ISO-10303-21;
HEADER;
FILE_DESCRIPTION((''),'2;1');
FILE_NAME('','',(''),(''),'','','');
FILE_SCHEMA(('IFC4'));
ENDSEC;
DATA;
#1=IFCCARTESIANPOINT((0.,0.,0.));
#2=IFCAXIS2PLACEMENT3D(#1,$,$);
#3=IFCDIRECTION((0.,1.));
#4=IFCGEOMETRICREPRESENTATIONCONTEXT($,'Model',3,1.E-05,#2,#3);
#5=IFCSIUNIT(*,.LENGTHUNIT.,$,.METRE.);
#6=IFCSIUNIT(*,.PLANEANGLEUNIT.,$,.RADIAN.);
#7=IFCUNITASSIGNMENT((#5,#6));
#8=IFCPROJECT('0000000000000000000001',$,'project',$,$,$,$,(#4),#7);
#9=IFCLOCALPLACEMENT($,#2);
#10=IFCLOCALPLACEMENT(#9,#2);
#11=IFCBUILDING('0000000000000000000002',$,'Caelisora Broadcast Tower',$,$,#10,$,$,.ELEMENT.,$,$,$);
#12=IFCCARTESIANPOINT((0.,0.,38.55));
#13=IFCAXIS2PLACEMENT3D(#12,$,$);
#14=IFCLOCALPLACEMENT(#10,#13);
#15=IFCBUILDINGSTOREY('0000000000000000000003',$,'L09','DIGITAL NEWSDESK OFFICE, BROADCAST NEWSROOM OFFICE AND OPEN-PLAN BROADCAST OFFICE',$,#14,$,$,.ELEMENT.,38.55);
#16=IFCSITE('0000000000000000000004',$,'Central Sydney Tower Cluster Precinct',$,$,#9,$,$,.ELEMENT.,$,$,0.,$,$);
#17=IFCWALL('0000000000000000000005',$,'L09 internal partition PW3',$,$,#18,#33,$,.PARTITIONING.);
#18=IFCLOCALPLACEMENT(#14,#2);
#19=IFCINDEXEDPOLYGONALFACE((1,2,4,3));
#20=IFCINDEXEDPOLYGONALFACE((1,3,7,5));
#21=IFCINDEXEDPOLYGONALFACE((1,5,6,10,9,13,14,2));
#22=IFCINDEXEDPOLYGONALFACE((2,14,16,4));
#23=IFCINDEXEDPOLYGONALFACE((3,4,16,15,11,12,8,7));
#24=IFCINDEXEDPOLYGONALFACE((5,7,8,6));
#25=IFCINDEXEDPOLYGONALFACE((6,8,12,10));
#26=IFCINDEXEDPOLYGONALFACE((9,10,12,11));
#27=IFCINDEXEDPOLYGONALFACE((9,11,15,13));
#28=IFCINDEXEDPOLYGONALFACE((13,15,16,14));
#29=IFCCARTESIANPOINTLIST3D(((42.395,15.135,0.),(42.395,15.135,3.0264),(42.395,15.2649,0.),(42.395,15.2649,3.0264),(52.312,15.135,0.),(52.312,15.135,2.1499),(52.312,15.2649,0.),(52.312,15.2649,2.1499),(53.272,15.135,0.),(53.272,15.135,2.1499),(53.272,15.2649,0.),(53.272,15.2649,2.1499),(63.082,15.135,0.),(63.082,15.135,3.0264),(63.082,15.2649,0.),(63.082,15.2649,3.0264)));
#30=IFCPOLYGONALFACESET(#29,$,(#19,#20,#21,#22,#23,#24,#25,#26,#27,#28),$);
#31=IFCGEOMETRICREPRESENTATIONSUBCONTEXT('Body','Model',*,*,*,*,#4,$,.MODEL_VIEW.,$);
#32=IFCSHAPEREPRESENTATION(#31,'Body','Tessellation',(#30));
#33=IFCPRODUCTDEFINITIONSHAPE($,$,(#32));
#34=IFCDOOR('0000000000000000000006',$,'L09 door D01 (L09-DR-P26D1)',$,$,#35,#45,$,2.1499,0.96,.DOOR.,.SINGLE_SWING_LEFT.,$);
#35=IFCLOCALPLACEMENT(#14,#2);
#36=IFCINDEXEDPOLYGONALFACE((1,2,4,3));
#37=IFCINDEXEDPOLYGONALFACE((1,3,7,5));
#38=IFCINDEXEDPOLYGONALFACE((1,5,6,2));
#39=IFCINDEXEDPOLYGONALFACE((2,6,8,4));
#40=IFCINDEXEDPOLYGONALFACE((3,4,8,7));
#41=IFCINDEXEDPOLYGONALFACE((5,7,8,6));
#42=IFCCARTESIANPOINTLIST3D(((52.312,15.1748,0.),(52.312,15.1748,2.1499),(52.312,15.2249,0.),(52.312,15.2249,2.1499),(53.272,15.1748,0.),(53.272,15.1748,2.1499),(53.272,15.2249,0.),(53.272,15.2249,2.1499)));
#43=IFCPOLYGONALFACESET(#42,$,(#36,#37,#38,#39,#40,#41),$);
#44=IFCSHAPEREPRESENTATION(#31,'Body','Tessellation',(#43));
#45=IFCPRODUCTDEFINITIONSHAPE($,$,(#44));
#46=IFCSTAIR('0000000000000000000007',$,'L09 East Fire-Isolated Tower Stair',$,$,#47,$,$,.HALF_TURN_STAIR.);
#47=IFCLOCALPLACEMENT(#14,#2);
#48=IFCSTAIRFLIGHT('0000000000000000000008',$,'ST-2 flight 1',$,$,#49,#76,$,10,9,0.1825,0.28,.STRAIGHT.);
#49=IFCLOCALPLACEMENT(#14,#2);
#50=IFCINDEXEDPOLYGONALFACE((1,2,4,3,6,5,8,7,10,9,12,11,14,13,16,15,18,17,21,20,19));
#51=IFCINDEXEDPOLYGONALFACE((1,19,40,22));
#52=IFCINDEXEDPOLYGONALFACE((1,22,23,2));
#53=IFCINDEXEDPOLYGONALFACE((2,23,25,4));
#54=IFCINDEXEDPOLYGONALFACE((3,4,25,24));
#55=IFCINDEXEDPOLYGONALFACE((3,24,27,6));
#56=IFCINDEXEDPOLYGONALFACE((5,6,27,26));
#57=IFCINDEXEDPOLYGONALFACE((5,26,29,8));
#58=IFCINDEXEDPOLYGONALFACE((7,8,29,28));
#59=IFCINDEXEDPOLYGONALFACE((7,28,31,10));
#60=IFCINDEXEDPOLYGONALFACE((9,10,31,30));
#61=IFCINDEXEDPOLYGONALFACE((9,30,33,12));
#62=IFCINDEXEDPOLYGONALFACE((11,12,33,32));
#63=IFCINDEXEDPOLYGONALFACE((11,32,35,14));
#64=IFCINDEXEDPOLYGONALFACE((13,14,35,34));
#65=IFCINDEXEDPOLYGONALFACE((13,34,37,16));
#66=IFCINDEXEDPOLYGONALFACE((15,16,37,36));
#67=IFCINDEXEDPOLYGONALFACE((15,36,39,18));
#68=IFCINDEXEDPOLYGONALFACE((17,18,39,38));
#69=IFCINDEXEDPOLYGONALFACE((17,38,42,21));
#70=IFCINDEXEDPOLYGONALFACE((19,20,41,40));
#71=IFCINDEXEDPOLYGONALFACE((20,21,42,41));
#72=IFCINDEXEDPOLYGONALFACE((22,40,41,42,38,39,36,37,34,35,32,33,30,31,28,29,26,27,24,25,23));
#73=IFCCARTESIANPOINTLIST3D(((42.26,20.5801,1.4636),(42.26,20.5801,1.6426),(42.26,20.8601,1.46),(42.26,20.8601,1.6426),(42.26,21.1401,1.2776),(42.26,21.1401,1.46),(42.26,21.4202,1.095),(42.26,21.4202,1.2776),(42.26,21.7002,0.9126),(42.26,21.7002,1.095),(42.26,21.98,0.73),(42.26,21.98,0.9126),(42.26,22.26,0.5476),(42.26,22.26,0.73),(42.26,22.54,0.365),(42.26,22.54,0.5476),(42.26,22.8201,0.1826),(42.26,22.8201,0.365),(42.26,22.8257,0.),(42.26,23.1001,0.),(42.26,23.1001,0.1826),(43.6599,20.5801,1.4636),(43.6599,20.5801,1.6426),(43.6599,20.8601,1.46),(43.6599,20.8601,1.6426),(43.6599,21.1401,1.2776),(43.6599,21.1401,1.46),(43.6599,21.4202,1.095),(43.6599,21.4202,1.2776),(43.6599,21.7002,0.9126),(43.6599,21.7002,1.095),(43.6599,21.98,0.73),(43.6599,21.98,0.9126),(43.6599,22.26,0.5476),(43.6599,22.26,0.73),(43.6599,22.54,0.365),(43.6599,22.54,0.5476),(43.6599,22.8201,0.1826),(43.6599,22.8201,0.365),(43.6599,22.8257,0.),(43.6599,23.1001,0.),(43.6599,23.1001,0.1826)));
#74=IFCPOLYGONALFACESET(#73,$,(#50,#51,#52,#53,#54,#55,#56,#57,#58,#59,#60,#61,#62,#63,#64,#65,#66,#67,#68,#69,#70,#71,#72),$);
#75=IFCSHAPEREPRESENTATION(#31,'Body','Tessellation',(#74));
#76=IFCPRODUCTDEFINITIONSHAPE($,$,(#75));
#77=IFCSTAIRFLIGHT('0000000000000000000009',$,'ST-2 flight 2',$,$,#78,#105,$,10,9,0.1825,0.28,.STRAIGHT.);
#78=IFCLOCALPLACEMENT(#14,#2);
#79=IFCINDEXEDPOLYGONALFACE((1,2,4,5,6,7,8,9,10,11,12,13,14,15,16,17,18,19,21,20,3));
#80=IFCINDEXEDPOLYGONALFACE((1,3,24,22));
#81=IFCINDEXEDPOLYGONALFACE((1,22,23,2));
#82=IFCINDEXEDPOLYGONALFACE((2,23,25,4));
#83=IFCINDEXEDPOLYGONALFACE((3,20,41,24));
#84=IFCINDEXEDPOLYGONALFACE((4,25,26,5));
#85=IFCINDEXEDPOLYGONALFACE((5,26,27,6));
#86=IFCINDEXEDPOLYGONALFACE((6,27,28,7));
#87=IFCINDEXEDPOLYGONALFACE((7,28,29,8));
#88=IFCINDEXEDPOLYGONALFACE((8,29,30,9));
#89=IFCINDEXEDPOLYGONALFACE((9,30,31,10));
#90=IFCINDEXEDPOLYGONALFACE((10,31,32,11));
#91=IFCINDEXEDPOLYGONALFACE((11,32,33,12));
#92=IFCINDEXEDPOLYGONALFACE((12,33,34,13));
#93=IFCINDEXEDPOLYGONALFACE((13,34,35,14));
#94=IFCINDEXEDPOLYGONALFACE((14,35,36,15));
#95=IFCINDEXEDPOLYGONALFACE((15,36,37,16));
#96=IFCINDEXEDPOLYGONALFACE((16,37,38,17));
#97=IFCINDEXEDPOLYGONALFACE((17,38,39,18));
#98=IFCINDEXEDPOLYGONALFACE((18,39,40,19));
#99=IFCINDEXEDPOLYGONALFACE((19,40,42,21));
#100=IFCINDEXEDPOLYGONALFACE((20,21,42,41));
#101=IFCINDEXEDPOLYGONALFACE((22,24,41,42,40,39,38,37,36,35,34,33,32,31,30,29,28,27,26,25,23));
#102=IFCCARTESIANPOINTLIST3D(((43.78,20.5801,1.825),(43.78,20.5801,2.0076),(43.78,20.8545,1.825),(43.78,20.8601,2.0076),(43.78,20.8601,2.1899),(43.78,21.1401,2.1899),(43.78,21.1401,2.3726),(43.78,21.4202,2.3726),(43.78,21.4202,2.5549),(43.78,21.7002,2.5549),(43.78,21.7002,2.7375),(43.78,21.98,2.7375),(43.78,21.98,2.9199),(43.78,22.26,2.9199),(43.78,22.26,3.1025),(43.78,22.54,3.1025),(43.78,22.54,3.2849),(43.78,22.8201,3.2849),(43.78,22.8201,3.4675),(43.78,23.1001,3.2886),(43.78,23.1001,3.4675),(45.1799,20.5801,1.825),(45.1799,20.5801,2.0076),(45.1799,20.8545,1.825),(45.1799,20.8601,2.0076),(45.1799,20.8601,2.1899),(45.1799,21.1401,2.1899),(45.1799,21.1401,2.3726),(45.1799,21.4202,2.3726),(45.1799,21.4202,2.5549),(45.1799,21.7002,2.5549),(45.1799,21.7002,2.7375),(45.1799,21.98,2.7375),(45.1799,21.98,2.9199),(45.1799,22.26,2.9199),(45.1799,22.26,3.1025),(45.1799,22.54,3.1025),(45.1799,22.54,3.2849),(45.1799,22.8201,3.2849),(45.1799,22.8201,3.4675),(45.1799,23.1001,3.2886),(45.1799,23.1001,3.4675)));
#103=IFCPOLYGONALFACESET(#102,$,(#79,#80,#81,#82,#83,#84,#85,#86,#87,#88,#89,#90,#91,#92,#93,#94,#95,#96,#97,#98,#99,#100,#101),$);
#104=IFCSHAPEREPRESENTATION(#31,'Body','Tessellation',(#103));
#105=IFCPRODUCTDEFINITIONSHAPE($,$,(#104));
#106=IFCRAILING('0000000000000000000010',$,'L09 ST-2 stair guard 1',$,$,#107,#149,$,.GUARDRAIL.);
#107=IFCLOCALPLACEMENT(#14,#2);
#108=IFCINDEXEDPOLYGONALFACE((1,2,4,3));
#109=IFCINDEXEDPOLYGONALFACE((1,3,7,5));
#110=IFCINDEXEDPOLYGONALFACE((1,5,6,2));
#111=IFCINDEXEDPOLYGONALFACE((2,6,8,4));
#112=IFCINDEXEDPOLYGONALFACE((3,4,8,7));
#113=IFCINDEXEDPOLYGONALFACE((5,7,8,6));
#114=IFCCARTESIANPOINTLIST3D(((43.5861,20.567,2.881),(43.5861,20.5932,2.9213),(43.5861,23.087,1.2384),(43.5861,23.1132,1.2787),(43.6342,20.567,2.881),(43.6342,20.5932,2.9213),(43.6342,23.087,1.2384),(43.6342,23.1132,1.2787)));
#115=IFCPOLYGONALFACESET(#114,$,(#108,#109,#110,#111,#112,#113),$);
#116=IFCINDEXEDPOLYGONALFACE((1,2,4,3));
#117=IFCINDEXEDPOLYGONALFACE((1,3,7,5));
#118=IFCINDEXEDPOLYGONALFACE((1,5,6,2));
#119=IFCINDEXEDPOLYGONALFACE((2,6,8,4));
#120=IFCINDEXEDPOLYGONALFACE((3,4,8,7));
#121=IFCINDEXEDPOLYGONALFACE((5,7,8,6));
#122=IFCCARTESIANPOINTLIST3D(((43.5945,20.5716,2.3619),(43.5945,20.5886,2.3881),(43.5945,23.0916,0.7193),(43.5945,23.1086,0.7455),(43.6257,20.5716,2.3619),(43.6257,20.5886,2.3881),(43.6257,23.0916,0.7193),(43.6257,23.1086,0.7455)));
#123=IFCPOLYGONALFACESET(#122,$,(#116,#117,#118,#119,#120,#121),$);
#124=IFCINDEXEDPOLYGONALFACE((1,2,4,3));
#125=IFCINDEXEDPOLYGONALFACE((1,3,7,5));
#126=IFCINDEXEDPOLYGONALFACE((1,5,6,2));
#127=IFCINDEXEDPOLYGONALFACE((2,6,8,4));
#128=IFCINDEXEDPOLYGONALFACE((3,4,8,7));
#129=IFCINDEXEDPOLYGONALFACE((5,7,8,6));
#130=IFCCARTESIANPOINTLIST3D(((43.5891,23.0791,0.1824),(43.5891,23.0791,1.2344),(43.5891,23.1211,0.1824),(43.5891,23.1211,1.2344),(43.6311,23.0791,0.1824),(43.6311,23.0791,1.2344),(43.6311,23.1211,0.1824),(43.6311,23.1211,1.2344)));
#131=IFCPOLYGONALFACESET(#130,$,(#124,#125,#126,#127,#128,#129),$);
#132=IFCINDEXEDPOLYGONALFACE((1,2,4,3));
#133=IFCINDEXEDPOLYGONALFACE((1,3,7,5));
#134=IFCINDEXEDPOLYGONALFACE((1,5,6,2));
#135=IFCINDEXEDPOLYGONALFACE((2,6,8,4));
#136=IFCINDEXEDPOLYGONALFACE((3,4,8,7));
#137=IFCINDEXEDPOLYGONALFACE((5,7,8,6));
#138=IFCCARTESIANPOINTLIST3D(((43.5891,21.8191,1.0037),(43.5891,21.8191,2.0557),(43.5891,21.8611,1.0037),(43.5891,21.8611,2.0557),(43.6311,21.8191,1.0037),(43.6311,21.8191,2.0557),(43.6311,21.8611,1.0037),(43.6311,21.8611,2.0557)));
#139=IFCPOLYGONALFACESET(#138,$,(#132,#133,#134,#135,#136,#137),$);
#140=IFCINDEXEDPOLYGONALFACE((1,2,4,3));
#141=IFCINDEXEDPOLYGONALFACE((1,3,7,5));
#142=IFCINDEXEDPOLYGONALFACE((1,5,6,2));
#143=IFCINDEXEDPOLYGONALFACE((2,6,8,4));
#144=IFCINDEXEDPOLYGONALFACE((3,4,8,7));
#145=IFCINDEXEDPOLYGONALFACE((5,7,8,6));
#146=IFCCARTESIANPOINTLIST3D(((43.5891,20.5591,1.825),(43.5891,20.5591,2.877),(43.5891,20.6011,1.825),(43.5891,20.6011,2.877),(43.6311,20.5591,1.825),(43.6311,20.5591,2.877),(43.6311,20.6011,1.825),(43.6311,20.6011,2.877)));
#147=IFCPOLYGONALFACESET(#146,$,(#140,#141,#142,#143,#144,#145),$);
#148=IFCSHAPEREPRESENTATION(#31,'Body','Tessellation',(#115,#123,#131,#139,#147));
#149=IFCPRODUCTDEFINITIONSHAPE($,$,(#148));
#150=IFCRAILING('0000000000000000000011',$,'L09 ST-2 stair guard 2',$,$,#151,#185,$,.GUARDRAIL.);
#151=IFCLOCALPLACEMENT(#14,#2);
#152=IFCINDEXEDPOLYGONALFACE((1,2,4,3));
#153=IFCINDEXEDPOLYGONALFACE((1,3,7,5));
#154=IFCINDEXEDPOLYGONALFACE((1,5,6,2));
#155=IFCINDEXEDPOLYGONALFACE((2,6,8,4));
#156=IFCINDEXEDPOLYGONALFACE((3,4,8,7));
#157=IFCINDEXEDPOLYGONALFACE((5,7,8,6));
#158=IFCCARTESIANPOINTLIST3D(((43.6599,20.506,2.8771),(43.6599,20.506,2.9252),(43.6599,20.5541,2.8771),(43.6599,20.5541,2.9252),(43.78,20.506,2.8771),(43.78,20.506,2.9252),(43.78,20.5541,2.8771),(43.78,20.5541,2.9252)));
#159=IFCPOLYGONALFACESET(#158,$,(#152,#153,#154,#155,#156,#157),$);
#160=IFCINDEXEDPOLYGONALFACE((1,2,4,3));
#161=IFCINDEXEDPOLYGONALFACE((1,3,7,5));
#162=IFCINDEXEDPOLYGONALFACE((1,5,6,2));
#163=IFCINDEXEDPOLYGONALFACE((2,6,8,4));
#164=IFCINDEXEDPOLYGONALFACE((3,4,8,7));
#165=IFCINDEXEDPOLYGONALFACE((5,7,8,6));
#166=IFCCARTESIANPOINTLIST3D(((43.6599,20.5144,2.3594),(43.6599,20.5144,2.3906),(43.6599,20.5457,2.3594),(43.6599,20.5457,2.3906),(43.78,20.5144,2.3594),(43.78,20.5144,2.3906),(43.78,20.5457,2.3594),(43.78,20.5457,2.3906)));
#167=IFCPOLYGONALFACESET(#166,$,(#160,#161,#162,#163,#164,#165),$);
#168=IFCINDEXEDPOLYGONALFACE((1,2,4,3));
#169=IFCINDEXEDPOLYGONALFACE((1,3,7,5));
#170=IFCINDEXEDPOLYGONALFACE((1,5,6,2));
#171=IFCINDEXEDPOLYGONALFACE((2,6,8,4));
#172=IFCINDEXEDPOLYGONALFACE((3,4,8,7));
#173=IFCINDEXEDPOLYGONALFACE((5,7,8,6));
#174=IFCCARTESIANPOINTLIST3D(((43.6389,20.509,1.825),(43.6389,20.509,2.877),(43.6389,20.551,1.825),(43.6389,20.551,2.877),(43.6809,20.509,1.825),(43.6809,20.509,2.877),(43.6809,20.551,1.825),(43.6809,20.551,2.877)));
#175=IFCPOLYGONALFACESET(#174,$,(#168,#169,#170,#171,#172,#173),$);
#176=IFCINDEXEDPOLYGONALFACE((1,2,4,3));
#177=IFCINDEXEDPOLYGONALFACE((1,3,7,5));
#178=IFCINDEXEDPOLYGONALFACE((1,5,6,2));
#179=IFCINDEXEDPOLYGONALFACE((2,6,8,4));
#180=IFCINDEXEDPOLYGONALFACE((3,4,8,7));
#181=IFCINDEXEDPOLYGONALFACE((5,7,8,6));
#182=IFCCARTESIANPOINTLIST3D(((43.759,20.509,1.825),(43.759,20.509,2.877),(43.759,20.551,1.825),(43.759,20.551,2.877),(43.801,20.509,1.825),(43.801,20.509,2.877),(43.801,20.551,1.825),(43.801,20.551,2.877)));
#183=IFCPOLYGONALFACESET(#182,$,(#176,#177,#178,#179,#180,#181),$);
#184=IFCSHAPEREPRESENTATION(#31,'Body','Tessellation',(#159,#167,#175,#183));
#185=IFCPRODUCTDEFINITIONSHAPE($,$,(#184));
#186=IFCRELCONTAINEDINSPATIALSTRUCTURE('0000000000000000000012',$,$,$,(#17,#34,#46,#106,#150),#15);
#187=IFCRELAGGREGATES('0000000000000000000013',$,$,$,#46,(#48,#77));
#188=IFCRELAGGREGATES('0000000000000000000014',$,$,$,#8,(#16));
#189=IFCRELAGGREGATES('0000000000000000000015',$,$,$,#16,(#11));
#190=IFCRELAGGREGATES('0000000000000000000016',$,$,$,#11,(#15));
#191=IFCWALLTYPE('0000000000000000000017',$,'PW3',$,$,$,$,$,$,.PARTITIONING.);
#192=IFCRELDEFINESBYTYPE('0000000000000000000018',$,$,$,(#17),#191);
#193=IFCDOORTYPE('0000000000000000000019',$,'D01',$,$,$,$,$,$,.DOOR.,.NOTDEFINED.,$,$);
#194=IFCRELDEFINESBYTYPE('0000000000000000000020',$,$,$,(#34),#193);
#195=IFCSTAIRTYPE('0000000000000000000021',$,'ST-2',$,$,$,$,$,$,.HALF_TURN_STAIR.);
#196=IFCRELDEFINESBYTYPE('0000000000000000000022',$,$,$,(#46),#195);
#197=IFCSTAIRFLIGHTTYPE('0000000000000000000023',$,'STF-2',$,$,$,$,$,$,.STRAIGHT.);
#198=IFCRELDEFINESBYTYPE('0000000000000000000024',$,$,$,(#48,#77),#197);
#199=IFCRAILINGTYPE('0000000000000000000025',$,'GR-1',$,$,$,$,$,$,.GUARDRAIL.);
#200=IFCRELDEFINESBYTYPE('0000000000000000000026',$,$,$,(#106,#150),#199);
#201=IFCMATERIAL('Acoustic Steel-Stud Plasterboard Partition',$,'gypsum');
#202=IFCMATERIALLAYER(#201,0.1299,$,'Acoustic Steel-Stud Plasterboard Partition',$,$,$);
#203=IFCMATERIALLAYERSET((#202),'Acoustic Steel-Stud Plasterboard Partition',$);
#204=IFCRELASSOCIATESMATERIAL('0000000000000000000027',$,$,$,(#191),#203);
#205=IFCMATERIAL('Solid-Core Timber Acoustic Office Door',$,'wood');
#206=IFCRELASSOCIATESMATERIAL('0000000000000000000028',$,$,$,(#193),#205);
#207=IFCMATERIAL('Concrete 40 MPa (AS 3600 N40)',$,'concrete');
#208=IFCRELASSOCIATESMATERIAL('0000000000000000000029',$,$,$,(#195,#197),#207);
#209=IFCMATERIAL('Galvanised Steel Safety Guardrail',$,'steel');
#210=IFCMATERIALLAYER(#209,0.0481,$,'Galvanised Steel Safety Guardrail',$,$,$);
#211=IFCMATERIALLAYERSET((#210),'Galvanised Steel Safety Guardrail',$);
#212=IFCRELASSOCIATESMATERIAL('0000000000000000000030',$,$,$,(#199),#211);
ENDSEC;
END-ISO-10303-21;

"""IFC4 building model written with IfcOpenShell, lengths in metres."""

from ifc_helpers import new_model, si_unit, direction, frame, frame_2d, origin, origin_2d, place, context, subcontext, project, spatial, polyline, rectangle, outline, extrude, material, layer, layer_set, type_object, element, fill, aggregate, save


model = new_model("IFC4")

# Units and contexts
model_context = context("Model", 3, precision=1e-05, world=origin(), true_north=direction((0.0, 1.0)))
body_context = subcontext(model_context, "Body", "Model", "MODEL_VIEW")
ifc_project = project(units=[si_unit("LENGTHUNIT", "METRE"), si_unit("PLANEANGLEUNIT", "RADIAN")], contexts=[model_context])

# Site, building, storey
site_placement = place(None, origin())
site = spatial("IfcSite", under=ifc_project, at=site_placement, Name="Central Sydney Tower Cluster Precinct", CompositionType="ELEMENT", RefElevation=0.0)
building_placement = place(site_placement, origin())
building = spatial("IfcBuilding", under=site, at=building_placement, Name="Caelisora Broadcast Tower", CompositionType="ELEMENT")
storey_placement = place(building_placement, frame((0.0, 0.0, 38.55)))
storey = spatial("IfcBuildingStorey", under=building, at=storey_placement, Name="L09", Description="DIGITAL NEWSDESK OFFICE, BROADCAST NEWSROOM OFFICE AND OPEN-PLAN BROADCAST OFFICE", CompositionType="ELEMENT", Elevation=38.55)

# Wall, opening, door
ifc_material_1 = material(Name="Acoustic Steel-Stud Plasterboard Partition", Category="gypsum")
ifc_layer_1 = layer(ifc_material_1, 0.1299, Name="Acoustic Steel-Stud Plasterboard Partition")
ifc_layer_set_1 = layer_set([ifc_layer_1], Name="Acoustic Steel-Stud Plasterboard Partition")
wall_type_1 = type_object("IfcWallType", Name="PW3", PredefinedType="PARTITIONING", material=ifc_layer_set_1)
wall_1_placement = place(storey_placement, frame((42.395, 15.2, 0.0), z_axis=(0.0, 0.0, 1.0), x_axis=(1.0, 0.0, 0.0)))
wall_1 = element("IfcWall", 1, at=wall_1_placement, inside=storey, type_object=wall_type_1, Name="L09 internal partition PW3", PredefinedType="PARTITIONING", context=body_context, shape_type="SweptSolid", body=[
    extrude(rectangle(XDim=20.687, YDim=0.1299, at=frame_2d((10.3435, 0.0))), origin(), (0.0, 0.0, 1.0), 3.0264),
])
opening_1_placement = place(wall_1_placement, frame((9.917, 0.0, 0.0)))
opening_1 = element("IfcOpeningElement", 2, at=opening_1_placement, cuts=wall_1, PredefinedType="OPENING", context=body_context, shape_type="SweptSolid", body=[
    extrude(rectangle(XDim=0.96, YDim=2.1499, at=frame_2d((0.48, 1.075))), frame((0.0, 0.0769, 0.0), z_axis=(0.0, -1.0, 0.0), x_axis=(1.0, 0.0, 0.0)), (0.0, 0.0, 1.0), 0.1538),
])
ifc_material_2 = material(Name="Solid-Core Timber Acoustic Office Door", Category="wood")
door_type_1 = type_object("IfcDoorType", Name="D01", OperationType="NOTDEFINED", PredefinedType="DOOR", material=ifc_material_2)
door_1_placement = place(opening_1_placement, origin())
door_1 = element("IfcDoor", 3, at=door_1_placement, inside=storey, type_object=door_type_1, Name="L09 door D01 (L09-DR-P26D1)", OperationType="SINGLE_SWING_LEFT", OverallHeight=2.1499, OverallWidth=0.96, PredefinedType="DOOR", context=body_context, shape_type="SweptSolid", body=[
    extrude(rectangle(XDim=0.96, YDim=2.1499, at=frame_2d((0.48, 1.075))), frame((0.0, 0.0249, 0.0), z_axis=(0.0, -1.0, 0.0), x_axis=(1.0, 0.0, 0.0)), (0.0, 0.0, 1.0), 0.05),
])
fill(opening_1, door_1)

# Stair, stair flights
ifc_material_3 = material(Name="Concrete 40 MPa (AS 3600 N40)", Category="concrete")
stair_type = type_object("IfcStairType", Name="ST-2", PredefinedType="HALF_TURN_STAIR", material=ifc_material_3)
stair_placement = place(storey_placement, origin())
stair = element("IfcStair", 4, at=stair_placement, inside=storey, type_object=stair_type, Name="L09 East Fire-Isolated Tower Stair", PredefinedType="HALF_TURN_STAIR")
stair_flight_type = type_object("IfcStairFlightType", Name="STF-2", PredefinedType="STRAIGHT", material=ifc_material_3)
stair_flight_1_placement = place(storey_placement, frame((42.96, 23.1001, 0.0), z_axis=(0.0, 0.0, 1.0), x_axis=(0.0, -1.0, 0.0)))
stair_flight_1 = element("IfcStairFlight", 5, at=stair_flight_1_placement, type_object=stair_flight_type, Name="ST-2 flight 1", NumberOfRisers=10, NumberOfTreads=9, PredefinedType="STRAIGHT", RiserHeight=0.1825, TreadLength=0.28, context=body_context, shape_type="SweptSolid", body=[
    extrude(outline(polyline([(0.0, 0.0), (0.0, 0.1826), (0.28, 0.1826), (0.28, 0.365), (0.5601, 0.365), (0.5601, 0.5476), (0.8401, 0.5476), (0.8401, 0.73), (1.1201, 0.73), (1.1201, 0.9126), (1.3999, 0.9126), (1.3999, 1.095), (1.6799, 1.095), (1.6799, 1.2776), (1.96, 1.2776), (1.96, 1.46), (2.24, 1.46), (2.24, 1.6426), (2.52, 1.6426), (2.52, 1.825), (2.52, 1.4636), (0.2744, 0.0), (0.0, 0.0)])), frame((0.0, 0.7, 0.0), z_axis=(0.0, -1.0, 0.0), x_axis=(1.0, 0.0, 0.0)), (0.0, 0.0, 1.0), 1.3999),
])
stair_flight_2_placement = place(storey_placement, frame((44.48, 20.5801, 1.825), z_axis=(0.0, 0.0, 1.0), x_axis=(0.0, 1.0, 0.0)))
stair_flight_2 = element("IfcStairFlight", 6, at=stair_flight_2_placement, type_object=stair_flight_type, Name="ST-2 flight 2", NumberOfRisers=10, NumberOfTreads=9, PredefinedType="STRAIGHT", RiserHeight=0.1825, TreadLength=0.28, context=body_context, shape_type="SweptSolid", body=[
    extrude(outline(polyline([(0.0, 0.0), (0.0, 0.1826), (0.28, 0.1826), (0.28, 0.365), (0.5601, 0.365), (0.5601, 0.5476), (0.8401, 0.5476), (0.8401, 0.73), (1.1201, 0.73), (1.1201, 0.9126), (1.3999, 0.9126), (1.3999, 1.095), (1.6799, 1.095), (1.6799, 1.2776), (1.96, 1.2776), (1.96, 1.46), (2.24, 1.46), (2.24, 1.6426), (2.52, 1.6426), (2.52, 1.825), (2.52, 1.4636), (0.2744, 0.0), (0.0, 0.0)])), frame((0.0, 0.7, 0.0), z_axis=(0.0, -1.0, 0.0), x_axis=(1.0, 0.0, 0.0)), (0.0, 0.0, 1.0), 1.3999),
])
aggregate(stair, [stair_flight_1, stair_flight_2])

# Railings
ifc_material_4 = material(Name="Galvanised Steel Safety Guardrail", Category="steel")
ifc_layer_2 = layer(ifc_material_4, 0.0481, Name="Galvanised Steel Safety Guardrail")
ifc_layer_set_2 = layer_set([ifc_layer_2], Name="Galvanised Steel Safety Guardrail")
railing_type_1 = type_object("IfcRailingType", Name="GR-1", PredefinedType="GUARDRAIL", material=ifc_layer_set_2)
railing_1_placement = place(storey_placement, frame((43.6101, 23.1001, 0.1824)))
element("IfcRailing", 7, at=railing_1_placement, inside=storey, type_object=railing_type_1, Name="L09 ST-2 stair guard 1", PredefinedType="GUARDRAIL", context=body_context, shape_type="SweptSolid", body=[
    extrude(rectangle(XDim=0.0481, YDim=0.0481, at=origin_2d()), frame((0.0, 0.0, 1.0762), z_axis=(0.0, -0.837749, 0.546055), x_axis=(1.0, 0.0, 0.0)), (0.0, 0.0, 1.0), 3.0081),
    extrude(rectangle(XDim=0.0312, YDim=0.0312, at=origin_2d()), frame((0.0, 0.0, 0.55), z_axis=(0.0, -0.837749, 0.546055), x_axis=(1.0, 0.0, 0.0)), (0.0, 0.0, 1.0), 3.0081),
    extrude(rectangle(XDim=0.042, YDim=0.042, at=origin_2d()), origin(), (0.0, 0.0, 1.0), 1.052),
    extrude(rectangle(XDim=0.042, YDim=0.042, at=origin_2d()), frame((0.0, -1.26, 0.8213)), (0.0, 0.0, 1.0), 1.052),
    extrude(rectangle(XDim=0.042, YDim=0.042, at=origin_2d()), frame((0.0, -2.52, 1.6426)), (0.0, 0.0, 1.0), 1.052),
])
railing_2_placement = place(storey_placement, frame((43.6599, 20.53, 1.825)))
element("IfcRailing", 8, at=railing_2_placement, inside=storey, type_object=railing_type_1, Name="L09 ST-2 stair guard 2", PredefinedType="GUARDRAIL", context=body_context, shape_type="SweptSolid", body=[
    extrude(rectangle(XDim=0.0481, YDim=0.0481, at=origin_2d()), frame((0.0, 0.0, 1.0762), z_axis=(1.0, 0.0, 0.0), x_axis=(0.0, 1.0, 0.0)), (0.0, 0.0, 1.0), 0.1201),
    extrude(rectangle(XDim=0.0312, YDim=0.0312, at=origin_2d()), frame((0.0, 0.0, 0.55), z_axis=(1.0, 0.0, 0.0), x_axis=(0.0, 1.0, 0.0)), (0.0, 0.0, 1.0), 0.1201),
    extrude(rectangle(XDim=0.042, YDim=0.042, at=origin_2d()), origin(), (0.0, 0.0, 1.0), 1.052),
    extrude(rectangle(XDim=0.042, YDim=0.042, at=origin_2d()), frame((0.1201, 0.0, 0.0)), (0.0, 0.0, 1.0), 1.052),
])

save(model, "model.ifc")
